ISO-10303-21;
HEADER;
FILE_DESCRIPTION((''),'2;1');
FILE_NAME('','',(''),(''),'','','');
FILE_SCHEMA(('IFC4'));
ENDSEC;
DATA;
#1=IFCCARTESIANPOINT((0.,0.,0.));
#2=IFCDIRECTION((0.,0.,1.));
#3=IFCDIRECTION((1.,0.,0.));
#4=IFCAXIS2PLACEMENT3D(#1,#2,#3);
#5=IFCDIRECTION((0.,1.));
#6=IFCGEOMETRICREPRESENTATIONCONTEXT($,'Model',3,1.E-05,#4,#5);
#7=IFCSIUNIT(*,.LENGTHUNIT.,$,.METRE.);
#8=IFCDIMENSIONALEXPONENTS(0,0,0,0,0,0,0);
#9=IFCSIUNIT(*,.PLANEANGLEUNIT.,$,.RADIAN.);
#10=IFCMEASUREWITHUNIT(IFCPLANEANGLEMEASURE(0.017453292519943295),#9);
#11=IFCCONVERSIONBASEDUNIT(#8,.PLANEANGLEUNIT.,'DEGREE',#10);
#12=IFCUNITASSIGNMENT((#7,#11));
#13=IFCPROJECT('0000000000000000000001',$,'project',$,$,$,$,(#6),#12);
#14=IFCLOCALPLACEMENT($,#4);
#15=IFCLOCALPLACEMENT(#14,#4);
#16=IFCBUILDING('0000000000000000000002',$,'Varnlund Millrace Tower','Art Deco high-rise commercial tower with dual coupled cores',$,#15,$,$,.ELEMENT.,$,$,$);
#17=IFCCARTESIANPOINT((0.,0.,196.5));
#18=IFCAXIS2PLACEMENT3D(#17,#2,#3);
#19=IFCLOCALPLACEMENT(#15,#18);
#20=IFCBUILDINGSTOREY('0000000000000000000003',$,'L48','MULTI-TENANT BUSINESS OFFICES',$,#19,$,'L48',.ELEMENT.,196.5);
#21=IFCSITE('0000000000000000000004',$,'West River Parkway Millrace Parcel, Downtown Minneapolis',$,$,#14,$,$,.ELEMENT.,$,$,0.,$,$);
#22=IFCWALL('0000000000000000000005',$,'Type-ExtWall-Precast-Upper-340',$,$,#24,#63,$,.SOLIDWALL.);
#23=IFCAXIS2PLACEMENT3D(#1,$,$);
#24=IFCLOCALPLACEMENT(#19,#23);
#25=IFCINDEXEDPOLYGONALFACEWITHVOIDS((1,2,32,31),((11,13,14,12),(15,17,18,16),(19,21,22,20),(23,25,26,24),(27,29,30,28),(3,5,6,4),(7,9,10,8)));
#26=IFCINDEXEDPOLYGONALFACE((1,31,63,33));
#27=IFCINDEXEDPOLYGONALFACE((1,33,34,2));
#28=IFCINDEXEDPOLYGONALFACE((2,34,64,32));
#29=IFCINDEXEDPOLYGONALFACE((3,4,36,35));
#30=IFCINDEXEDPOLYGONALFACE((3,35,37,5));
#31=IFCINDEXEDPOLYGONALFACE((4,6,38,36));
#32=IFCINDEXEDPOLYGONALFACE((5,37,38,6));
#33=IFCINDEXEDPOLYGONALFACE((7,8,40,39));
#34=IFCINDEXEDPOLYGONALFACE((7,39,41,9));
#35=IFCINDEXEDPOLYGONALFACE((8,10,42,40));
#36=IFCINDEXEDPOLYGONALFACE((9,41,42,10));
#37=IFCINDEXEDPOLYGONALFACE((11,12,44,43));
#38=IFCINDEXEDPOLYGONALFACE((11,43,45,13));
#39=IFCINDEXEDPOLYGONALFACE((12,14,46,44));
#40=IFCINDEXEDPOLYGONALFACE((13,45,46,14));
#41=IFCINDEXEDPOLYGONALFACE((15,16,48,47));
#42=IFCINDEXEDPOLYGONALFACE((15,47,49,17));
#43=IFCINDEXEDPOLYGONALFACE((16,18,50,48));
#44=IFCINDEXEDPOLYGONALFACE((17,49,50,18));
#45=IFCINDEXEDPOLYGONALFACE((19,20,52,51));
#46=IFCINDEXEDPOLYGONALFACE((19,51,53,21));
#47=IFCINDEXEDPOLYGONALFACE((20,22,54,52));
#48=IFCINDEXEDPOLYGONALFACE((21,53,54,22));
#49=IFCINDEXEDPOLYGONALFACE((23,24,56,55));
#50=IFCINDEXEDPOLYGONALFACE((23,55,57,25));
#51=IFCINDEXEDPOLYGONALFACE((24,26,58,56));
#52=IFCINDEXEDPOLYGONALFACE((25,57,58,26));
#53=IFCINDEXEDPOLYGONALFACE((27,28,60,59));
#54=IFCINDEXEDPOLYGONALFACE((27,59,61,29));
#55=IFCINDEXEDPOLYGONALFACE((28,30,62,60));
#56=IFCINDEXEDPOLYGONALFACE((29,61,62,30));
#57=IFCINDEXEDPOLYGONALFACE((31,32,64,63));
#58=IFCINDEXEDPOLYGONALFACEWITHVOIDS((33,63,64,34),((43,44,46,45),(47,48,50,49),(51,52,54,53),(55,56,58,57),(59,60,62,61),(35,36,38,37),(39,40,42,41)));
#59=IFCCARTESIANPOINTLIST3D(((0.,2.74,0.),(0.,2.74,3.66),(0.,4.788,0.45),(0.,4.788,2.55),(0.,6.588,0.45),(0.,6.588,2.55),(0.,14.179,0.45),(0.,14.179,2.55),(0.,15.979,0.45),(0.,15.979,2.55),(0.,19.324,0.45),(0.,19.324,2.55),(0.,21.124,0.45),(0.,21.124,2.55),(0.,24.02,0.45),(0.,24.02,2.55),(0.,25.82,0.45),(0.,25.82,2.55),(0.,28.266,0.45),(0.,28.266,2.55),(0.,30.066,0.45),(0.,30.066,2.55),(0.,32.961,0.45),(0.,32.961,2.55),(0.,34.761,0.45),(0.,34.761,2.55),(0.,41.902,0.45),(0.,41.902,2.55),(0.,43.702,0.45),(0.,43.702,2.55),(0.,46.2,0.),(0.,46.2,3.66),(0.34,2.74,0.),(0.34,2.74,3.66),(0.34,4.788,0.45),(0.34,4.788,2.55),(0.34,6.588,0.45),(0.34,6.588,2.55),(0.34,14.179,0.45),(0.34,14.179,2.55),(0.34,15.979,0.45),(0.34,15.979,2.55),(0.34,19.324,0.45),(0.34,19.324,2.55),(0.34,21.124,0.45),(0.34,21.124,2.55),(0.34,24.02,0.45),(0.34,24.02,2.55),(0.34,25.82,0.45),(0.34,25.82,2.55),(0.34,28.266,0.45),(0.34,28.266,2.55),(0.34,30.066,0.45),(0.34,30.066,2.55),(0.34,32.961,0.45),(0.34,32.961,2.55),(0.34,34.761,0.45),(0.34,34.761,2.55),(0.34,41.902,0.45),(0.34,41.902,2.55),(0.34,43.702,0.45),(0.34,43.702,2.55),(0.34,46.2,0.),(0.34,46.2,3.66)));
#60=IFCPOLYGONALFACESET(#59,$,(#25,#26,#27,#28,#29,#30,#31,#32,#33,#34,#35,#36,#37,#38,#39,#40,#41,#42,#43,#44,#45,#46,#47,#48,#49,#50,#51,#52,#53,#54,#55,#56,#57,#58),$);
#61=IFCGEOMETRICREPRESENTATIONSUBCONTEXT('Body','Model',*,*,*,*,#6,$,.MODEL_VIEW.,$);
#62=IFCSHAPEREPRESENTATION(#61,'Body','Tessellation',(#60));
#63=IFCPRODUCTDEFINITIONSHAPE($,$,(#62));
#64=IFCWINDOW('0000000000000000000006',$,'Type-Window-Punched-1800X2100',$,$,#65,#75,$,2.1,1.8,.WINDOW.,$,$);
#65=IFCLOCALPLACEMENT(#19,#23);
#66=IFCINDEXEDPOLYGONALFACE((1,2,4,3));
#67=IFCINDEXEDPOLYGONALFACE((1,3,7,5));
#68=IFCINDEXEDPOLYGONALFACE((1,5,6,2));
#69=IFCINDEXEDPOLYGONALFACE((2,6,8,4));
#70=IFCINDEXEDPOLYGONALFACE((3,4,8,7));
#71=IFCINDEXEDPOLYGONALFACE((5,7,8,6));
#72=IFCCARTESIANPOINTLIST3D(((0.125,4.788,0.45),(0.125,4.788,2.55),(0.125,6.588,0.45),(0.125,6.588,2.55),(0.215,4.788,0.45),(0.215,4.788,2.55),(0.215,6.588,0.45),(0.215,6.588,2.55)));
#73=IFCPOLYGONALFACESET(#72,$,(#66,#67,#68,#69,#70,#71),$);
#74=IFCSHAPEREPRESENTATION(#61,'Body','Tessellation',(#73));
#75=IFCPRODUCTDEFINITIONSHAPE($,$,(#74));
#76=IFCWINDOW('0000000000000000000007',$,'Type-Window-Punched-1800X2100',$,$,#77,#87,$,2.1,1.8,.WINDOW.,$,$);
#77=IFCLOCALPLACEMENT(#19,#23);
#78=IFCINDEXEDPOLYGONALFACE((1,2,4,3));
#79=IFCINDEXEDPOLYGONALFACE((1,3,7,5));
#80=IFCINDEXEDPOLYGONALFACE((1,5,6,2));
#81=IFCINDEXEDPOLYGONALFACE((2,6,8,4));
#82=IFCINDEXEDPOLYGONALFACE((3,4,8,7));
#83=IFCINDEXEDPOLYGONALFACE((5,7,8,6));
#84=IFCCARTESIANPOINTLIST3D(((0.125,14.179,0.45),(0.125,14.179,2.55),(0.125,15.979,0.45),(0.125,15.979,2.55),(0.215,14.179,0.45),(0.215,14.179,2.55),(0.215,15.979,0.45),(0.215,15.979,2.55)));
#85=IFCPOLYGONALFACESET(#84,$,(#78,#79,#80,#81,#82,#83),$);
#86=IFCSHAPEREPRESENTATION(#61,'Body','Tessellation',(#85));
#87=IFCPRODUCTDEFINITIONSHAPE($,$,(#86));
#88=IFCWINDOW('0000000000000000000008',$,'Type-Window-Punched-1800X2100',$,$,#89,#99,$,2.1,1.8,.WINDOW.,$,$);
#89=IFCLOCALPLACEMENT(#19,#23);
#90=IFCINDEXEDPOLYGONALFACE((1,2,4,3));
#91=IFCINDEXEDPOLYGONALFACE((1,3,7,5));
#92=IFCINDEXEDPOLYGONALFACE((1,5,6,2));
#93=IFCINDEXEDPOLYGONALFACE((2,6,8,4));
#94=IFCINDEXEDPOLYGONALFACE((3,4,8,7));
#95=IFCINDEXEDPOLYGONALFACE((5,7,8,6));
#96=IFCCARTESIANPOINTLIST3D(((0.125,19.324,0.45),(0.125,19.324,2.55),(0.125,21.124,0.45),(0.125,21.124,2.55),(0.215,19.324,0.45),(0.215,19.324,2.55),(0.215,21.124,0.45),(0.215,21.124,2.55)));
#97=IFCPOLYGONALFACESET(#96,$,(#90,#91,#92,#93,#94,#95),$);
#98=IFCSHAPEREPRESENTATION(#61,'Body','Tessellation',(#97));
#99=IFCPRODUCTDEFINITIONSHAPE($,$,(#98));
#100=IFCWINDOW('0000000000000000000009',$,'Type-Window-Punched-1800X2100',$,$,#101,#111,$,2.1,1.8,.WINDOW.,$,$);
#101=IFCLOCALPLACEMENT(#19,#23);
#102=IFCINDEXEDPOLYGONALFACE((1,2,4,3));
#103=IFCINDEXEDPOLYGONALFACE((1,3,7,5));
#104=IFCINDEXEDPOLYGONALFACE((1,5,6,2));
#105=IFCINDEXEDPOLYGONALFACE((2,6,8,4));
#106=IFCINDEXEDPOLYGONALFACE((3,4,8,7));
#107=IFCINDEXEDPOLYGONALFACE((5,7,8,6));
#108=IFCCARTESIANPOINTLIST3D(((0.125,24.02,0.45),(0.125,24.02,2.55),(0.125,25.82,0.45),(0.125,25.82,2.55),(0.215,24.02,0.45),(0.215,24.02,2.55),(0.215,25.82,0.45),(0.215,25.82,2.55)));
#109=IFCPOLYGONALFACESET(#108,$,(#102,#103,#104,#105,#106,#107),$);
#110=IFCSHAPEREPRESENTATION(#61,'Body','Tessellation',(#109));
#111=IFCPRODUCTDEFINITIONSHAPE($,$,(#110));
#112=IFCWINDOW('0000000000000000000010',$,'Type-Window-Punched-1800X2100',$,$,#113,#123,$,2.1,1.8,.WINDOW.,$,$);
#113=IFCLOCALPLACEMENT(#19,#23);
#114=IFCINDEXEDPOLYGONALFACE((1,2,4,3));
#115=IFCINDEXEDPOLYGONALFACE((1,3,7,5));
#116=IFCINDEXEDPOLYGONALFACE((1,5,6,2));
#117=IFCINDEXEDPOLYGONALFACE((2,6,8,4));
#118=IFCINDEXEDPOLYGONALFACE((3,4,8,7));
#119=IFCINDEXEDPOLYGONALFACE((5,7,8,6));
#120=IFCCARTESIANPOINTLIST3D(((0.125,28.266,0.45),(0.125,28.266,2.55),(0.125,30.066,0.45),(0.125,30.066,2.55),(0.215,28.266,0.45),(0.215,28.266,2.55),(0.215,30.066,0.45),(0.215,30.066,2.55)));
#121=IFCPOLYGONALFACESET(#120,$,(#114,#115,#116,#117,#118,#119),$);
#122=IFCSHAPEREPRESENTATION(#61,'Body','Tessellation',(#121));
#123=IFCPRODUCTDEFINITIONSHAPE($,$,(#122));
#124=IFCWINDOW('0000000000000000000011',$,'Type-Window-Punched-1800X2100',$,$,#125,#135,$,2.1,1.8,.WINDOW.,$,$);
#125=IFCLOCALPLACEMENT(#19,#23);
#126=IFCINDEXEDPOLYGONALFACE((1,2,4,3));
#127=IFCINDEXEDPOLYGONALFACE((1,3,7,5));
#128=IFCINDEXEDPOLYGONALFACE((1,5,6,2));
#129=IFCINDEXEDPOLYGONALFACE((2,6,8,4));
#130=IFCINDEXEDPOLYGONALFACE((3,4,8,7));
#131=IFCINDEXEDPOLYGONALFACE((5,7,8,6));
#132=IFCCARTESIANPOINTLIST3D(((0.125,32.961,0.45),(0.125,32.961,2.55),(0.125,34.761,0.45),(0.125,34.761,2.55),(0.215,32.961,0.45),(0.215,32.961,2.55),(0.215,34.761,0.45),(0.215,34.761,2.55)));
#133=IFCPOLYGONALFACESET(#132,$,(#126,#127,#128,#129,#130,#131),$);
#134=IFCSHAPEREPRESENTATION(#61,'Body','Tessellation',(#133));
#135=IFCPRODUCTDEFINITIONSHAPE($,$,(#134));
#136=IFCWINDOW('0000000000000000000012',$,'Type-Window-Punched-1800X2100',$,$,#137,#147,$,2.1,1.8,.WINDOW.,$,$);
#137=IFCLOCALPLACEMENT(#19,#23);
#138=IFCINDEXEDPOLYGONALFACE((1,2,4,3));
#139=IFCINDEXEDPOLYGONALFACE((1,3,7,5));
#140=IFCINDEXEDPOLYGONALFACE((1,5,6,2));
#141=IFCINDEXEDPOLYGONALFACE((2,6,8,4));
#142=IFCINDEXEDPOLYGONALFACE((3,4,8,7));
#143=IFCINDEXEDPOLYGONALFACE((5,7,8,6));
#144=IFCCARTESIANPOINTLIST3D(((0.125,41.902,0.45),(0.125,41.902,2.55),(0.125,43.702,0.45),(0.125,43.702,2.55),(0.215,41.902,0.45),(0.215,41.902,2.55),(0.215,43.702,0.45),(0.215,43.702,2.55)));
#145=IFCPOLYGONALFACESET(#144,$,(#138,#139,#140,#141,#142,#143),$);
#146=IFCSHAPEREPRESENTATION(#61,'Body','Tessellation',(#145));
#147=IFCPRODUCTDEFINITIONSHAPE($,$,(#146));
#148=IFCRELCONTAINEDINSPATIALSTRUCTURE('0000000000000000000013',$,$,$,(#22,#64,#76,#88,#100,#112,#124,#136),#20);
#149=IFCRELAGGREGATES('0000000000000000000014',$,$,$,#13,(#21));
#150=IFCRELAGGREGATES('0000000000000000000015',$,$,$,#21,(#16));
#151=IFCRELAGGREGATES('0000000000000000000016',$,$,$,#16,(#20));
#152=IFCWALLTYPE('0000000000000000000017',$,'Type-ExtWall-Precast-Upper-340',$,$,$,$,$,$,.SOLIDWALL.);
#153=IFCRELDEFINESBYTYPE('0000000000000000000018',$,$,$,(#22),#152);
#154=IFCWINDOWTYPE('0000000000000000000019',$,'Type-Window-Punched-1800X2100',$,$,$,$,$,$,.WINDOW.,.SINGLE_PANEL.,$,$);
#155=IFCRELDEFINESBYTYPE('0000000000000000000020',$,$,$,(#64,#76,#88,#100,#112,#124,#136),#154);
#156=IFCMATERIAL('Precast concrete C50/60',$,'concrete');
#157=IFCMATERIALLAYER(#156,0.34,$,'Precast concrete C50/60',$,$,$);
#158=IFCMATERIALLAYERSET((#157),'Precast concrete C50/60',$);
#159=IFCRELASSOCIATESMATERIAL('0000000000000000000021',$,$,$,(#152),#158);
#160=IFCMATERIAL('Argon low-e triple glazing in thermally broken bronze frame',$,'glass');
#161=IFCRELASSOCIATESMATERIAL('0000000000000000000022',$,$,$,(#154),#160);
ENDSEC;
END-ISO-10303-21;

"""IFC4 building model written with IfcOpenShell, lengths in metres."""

from ifc_helpers import new_model, entity, si_unit, converted_unit, direction, frame, origin_with_axes, origin_2d_with_axis, place, context, subcontext, project, spatial, polyline, rectangle, outline, extrude, material, layer, layer_set, type_object, element, fill, save


model = new_model("IFC4")

# Units and contexts
model_context = context("Model", 3, precision=1e-05, world=origin_with_axes(), true_north=direction((0.0, 1.0)))
body_context = subcontext(model_context, "Body", "Model", "MODEL_VIEW")
ifc_project = project(units=[si_unit("LENGTHUNIT", "METRE"), converted_unit("PLANEANGLEUNIT", "DEGREE", entity("IfcPlaneAngleMeasure", 0.017453292519943295), si_unit("PLANEANGLEUNIT", "RADIAN"), dimensions=[0, 0, 0, 0, 0, 0, 0])], contexts=[model_context])

# Site, building, storey
site_placement = place(None, origin_with_axes())
site = spatial("IfcSite", under=ifc_project, at=site_placement, Name="West River Parkway Millrace Parcel, Downtown Minneapolis", CompositionType="ELEMENT", RefElevation=0.0)
building_placement = place(site_placement, origin_with_axes())
building = spatial("IfcBuilding", under=site, at=building_placement, Name="Varnlund Millrace Tower", Description="Art Deco high-rise commercial tower with dual coupled cores", CompositionType="ELEMENT")
storey_placement = place(building_placement, frame((0.0, 0.0, 196.5), z_axis=(0.0, 0.0, 1.0), x_axis=(1.0, 0.0, 0.0)))
storey = spatial("IfcBuildingStorey", under=building, at=storey_placement, Name="L48", Description="MULTI-TENANT BUSINESS OFFICES", LongName="L48", CompositionType="ELEMENT", Elevation=196.5)

# Shared definitions
ifc_material_1 = material(Name="Precast concrete C50/60", Category="concrete")
ifc_layer_1 = layer(ifc_material_1, 0.34, Name="Precast concrete C50/60")
ifc_layer_set_1 = layer_set([ifc_layer_1], Name="Precast concrete C50/60")
wall_type = type_object("IfcWallType", Name="Type-ExtWall-Precast-Upper-340", PredefinedType="SOLIDWALL", material=ifc_layer_set_1)

# Wall, openings, windows
wall_1_placement = place(storey_placement, frame((0.17, 2.74, 0.0), z_axis=(0.0, 0.0, 1.0), x_axis=(0.0, 1.0, 0.0)))
wall_1 = element("IfcWall", 1, at=wall_1_placement, inside=storey, type_object=wall_type, Name="Type-ExtWall-Precast-Upper-340", PredefinedType="SOLIDWALL", context=body_context, shape_type="SweptSolid", body=[
    extrude(outline(polyline([(0.0, -0.17), (43.46, -0.17), (43.46, 0.17), (0.0, 0.17), (0.0, -0.17)])), origin_with_axes(), (0.0, 0.0, 1.0), 3.66),
])
opening_1_placement = place(wall_1_placement, frame((2.948, 0.0, 0.45), z_axis=(0.0, 0.0, 1.0), x_axis=(1.0, 0.0, 0.0)))
opening_1 = element("IfcOpeningElement", 2, at=opening_1_placement, cuts=wall_1, PredefinedType="OPENING", context=body_context, shape_type="SweptSolid", body=[
    extrude(rectangle(XDim=1.8, YDim=0.36, at=origin_2d_with_axis()), origin_with_axes(), (0.0, 0.0, 1.0), 2.1),
])
opening_2_placement = place(wall_1_placement, frame((12.339, 0.0, 0.45), z_axis=(0.0, 0.0, 1.0), x_axis=(1.0, 0.0, 0.0)))
opening_2 = element("IfcOpeningElement", 3, at=opening_2_placement, cuts=wall_1, PredefinedType="OPENING", context=body_context, shape_type="SweptSolid", body=[
    extrude(rectangle(XDim=1.8, YDim=0.36, at=origin_2d_with_axis()), origin_with_axes(), (0.0, 0.0, 1.0), 2.1),
])
opening_3_placement = place(wall_1_placement, frame((17.484, 0.0, 0.45), z_axis=(0.0, 0.0, 1.0), x_axis=(1.0, 0.0, 0.0)))
opening_3 = element("IfcOpeningElement", 4, at=opening_3_placement, cuts=wall_1, PredefinedType="OPENING", context=body_context, shape_type="SweptSolid", body=[
    extrude(rectangle(XDim=1.8, YDim=0.36, at=origin_2d_with_axis()), origin_with_axes(), (0.0, 0.0, 1.0), 2.1),
])
opening_4_placement = place(wall_1_placement, frame((22.18, 0.0, 0.45), z_axis=(0.0, 0.0, 1.0), x_axis=(1.0, 0.0, 0.0)))
opening_4 = element("IfcOpeningElement", 5, at=opening_4_placement, cuts=wall_1, PredefinedType="OPENING", context=body_context, shape_type="SweptSolid", body=[
    extrude(rectangle(XDim=1.8, YDim=0.36, at=origin_2d_with_axis()), origin_with_axes(), (0.0, 0.0, 1.0), 2.1),
])
opening_5_placement = place(wall_1_placement, frame((26.426, 0.0, 0.45), z_axis=(0.0, 0.0, 1.0), x_axis=(1.0, 0.0, 0.0)))
opening_5 = element("IfcOpeningElement", 6, at=opening_5_placement, cuts=wall_1, PredefinedType="OPENING", context=body_context, shape_type="SweptSolid", body=[
    extrude(rectangle(XDim=1.8, YDim=0.36, at=origin_2d_with_axis()), origin_with_axes(), (0.0, 0.0, 1.0), 2.1),
])
opening_6_placement = place(wall_1_placement, frame((31.121, 0.0, 0.45), z_axis=(0.0, 0.0, 1.0), x_axis=(1.0, 0.0, 0.0)))
opening_6 = element("IfcOpeningElement", 7, at=opening_6_placement, cuts=wall_1, PredefinedType="OPENING", context=body_context, shape_type="SweptSolid", body=[
    extrude(rectangle(XDim=1.8, YDim=0.36, at=origin_2d_with_axis()), origin_with_axes(), (0.0, 0.0, 1.0), 2.1),
])
opening_7_placement = place(wall_1_placement, frame((40.062, 0.0, 0.45), z_axis=(0.0, 0.0, 1.0), x_axis=(1.0, 0.0, 0.0)))
opening_7 = element("IfcOpeningElement", 8, at=opening_7_placement, cuts=wall_1, PredefinedType="OPENING", context=body_context, shape_type="SweptSolid", body=[
    extrude(rectangle(XDim=1.8, YDim=0.36, at=origin_2d_with_axis()), origin_with_axes(), (0.0, 0.0, 1.0), 2.1),
])
ifc_material_2 = material(Name="Argon low-e triple glazing in thermally broken bronze frame", Category="glass")
window_type = type_object("IfcWindowType", Name="Type-Window-Punched-1800X2100", PartitioningType="SINGLE_PANEL", PredefinedType="WINDOW", material=ifc_material_2)
window_1_placement = place(wall_1_placement, frame((2.948, 0.0, 0.45), z_axis=(0.0, 0.0, 1.0), x_axis=(1.0, 0.0, 0.0)))
window_1 = element("IfcWindow", 9, at=window_1_placement, inside=storey, type_object=window_type, Name="Type-Window-Punched-1800X2100", OverallHeight=2.1, OverallWidth=1.8, PredefinedType="WINDOW", context=body_context, shape_type="SweptSolid", body=[
    extrude(rectangle(XDim=1.8, YDim=0.09, at=origin_2d_with_axis()), origin_with_axes(), (0.0, 0.0, 1.0), 2.1),
])
fill(opening_1, window_1)
window_2_placement = place(wall_1_placement, frame((12.339, 0.0, 0.45), z_axis=(0.0, 0.0, 1.0), x_axis=(1.0, 0.0, 0.0)))
window_2 = element("IfcWindow", 10, at=window_2_placement, inside=storey, type_object=window_type, Name="Type-Window-Punched-1800X2100", OverallHeight=2.1, OverallWidth=1.8, PredefinedType="WINDOW", context=body_context, shape_type="SweptSolid", body=[
    extrude(rectangle(XDim=1.8, YDim=0.09, at=origin_2d_with_axis()), origin_with_axes(), (0.0, 0.0, 1.0), 2.1),
])
fill(opening_2, window_2)
window_3_placement = place(wall_1_placement, frame((17.484, 0.0, 0.45), z_axis=(0.0, 0.0, 1.0), x_axis=(1.0, 0.0, 0.0)))
window_3 = element("IfcWindow", 11, at=window_3_placement, inside=storey, type_object=window_type, Name="Type-Window-Punched-1800X2100", OverallHeight=2.1, OverallWidth=1.8, PredefinedType="WINDOW", context=body_context, shape_type="SweptSolid", body=[
    extrude(rectangle(XDim=1.8, YDim=0.09, at=origin_2d_with_axis()), origin_with_axes(), (0.0, 0.0, 1.0), 2.1),
])
fill(opening_3, window_3)
window_4_placement = place(wall_1_placement, frame((22.18, 0.0, 0.45), z_axis=(0.0, 0.0, 1.0), x_axis=(1.0, 0.0, 0.0)))
window_4 = element("IfcWindow", 12, at=window_4_placement, inside=storey, type_object=window_type, Name="Type-Window-Punched-1800X2100", OverallHeight=2.1, OverallWidth=1.8, PredefinedType="WINDOW", context=body_context, shape_type="SweptSolid", body=[
    extrude(rectangle(XDim=1.8, YDim=0.09, at=origin_2d_with_axis()), origin_with_axes(), (0.0, 0.0, 1.0), 2.1),
])
fill(opening_4, window_4)
window_5_placement = place(wall_1_placement, frame((26.426, 0.0, 0.45), z_axis=(0.0, 0.0, 1.0), x_axis=(1.0, 0.0, 0.0)))
window_5 = element("IfcWindow", 13, at=window_5_placement, inside=storey, type_object=window_type, Name="Type-Window-Punched-1800X2100", OverallHeight=2.1, OverallWidth=1.8, PredefinedType="WINDOW", context=body_context, shape_type="SweptSolid", body=[
    extrude(rectangle(XDim=1.8, YDim=0.09, at=origin_2d_with_axis()), origin_with_axes(), (0.0, 0.0, 1.0), 2.1),
])
fill(opening_5, window_5)
window_6_placement = place(wall_1_placement, frame((31.121, 0.0, 0.45), z_axis=(0.0, 0.0, 1.0), x_axis=(1.0, 0.0, 0.0)))
window_6 = element("IfcWindow", 14, at=window_6_placement, inside=storey, type_object=window_type, Name="Type-Window-Punched-1800X2100", OverallHeight=2.1, OverallWidth=1.8, PredefinedType="WINDOW", context=body_context, shape_type="SweptSolid", body=[
    extrude(rectangle(XDim=1.8, YDim=0.09, at=origin_2d_with_axis()), origin_with_axes(), (0.0, 0.0, 1.0), 2.1),
])
fill(opening_6, window_6)
window_7_placement = place(wall_1_placement, frame((40.062, 0.0, 0.45), z_axis=(0.0, 0.0, 1.0), x_axis=(1.0, 0.0, 0.0)))
window_7 = element("IfcWindow", 15, at=window_7_placement, inside=storey, type_object=window_type, Name="Type-Window-Punched-1800X2100", OverallHeight=2.1, OverallWidth=1.8, PredefinedType="WINDOW", context=body_context, shape_type="SweptSolid", body=[
    extrude(rectangle(XDim=1.8, YDim=0.09, at=origin_2d_with_axis()), origin_with_axes(), (0.0, 0.0, 1.0), 2.1),
])
fill(opening_7, window_7)

save(model, "model.ifc")
